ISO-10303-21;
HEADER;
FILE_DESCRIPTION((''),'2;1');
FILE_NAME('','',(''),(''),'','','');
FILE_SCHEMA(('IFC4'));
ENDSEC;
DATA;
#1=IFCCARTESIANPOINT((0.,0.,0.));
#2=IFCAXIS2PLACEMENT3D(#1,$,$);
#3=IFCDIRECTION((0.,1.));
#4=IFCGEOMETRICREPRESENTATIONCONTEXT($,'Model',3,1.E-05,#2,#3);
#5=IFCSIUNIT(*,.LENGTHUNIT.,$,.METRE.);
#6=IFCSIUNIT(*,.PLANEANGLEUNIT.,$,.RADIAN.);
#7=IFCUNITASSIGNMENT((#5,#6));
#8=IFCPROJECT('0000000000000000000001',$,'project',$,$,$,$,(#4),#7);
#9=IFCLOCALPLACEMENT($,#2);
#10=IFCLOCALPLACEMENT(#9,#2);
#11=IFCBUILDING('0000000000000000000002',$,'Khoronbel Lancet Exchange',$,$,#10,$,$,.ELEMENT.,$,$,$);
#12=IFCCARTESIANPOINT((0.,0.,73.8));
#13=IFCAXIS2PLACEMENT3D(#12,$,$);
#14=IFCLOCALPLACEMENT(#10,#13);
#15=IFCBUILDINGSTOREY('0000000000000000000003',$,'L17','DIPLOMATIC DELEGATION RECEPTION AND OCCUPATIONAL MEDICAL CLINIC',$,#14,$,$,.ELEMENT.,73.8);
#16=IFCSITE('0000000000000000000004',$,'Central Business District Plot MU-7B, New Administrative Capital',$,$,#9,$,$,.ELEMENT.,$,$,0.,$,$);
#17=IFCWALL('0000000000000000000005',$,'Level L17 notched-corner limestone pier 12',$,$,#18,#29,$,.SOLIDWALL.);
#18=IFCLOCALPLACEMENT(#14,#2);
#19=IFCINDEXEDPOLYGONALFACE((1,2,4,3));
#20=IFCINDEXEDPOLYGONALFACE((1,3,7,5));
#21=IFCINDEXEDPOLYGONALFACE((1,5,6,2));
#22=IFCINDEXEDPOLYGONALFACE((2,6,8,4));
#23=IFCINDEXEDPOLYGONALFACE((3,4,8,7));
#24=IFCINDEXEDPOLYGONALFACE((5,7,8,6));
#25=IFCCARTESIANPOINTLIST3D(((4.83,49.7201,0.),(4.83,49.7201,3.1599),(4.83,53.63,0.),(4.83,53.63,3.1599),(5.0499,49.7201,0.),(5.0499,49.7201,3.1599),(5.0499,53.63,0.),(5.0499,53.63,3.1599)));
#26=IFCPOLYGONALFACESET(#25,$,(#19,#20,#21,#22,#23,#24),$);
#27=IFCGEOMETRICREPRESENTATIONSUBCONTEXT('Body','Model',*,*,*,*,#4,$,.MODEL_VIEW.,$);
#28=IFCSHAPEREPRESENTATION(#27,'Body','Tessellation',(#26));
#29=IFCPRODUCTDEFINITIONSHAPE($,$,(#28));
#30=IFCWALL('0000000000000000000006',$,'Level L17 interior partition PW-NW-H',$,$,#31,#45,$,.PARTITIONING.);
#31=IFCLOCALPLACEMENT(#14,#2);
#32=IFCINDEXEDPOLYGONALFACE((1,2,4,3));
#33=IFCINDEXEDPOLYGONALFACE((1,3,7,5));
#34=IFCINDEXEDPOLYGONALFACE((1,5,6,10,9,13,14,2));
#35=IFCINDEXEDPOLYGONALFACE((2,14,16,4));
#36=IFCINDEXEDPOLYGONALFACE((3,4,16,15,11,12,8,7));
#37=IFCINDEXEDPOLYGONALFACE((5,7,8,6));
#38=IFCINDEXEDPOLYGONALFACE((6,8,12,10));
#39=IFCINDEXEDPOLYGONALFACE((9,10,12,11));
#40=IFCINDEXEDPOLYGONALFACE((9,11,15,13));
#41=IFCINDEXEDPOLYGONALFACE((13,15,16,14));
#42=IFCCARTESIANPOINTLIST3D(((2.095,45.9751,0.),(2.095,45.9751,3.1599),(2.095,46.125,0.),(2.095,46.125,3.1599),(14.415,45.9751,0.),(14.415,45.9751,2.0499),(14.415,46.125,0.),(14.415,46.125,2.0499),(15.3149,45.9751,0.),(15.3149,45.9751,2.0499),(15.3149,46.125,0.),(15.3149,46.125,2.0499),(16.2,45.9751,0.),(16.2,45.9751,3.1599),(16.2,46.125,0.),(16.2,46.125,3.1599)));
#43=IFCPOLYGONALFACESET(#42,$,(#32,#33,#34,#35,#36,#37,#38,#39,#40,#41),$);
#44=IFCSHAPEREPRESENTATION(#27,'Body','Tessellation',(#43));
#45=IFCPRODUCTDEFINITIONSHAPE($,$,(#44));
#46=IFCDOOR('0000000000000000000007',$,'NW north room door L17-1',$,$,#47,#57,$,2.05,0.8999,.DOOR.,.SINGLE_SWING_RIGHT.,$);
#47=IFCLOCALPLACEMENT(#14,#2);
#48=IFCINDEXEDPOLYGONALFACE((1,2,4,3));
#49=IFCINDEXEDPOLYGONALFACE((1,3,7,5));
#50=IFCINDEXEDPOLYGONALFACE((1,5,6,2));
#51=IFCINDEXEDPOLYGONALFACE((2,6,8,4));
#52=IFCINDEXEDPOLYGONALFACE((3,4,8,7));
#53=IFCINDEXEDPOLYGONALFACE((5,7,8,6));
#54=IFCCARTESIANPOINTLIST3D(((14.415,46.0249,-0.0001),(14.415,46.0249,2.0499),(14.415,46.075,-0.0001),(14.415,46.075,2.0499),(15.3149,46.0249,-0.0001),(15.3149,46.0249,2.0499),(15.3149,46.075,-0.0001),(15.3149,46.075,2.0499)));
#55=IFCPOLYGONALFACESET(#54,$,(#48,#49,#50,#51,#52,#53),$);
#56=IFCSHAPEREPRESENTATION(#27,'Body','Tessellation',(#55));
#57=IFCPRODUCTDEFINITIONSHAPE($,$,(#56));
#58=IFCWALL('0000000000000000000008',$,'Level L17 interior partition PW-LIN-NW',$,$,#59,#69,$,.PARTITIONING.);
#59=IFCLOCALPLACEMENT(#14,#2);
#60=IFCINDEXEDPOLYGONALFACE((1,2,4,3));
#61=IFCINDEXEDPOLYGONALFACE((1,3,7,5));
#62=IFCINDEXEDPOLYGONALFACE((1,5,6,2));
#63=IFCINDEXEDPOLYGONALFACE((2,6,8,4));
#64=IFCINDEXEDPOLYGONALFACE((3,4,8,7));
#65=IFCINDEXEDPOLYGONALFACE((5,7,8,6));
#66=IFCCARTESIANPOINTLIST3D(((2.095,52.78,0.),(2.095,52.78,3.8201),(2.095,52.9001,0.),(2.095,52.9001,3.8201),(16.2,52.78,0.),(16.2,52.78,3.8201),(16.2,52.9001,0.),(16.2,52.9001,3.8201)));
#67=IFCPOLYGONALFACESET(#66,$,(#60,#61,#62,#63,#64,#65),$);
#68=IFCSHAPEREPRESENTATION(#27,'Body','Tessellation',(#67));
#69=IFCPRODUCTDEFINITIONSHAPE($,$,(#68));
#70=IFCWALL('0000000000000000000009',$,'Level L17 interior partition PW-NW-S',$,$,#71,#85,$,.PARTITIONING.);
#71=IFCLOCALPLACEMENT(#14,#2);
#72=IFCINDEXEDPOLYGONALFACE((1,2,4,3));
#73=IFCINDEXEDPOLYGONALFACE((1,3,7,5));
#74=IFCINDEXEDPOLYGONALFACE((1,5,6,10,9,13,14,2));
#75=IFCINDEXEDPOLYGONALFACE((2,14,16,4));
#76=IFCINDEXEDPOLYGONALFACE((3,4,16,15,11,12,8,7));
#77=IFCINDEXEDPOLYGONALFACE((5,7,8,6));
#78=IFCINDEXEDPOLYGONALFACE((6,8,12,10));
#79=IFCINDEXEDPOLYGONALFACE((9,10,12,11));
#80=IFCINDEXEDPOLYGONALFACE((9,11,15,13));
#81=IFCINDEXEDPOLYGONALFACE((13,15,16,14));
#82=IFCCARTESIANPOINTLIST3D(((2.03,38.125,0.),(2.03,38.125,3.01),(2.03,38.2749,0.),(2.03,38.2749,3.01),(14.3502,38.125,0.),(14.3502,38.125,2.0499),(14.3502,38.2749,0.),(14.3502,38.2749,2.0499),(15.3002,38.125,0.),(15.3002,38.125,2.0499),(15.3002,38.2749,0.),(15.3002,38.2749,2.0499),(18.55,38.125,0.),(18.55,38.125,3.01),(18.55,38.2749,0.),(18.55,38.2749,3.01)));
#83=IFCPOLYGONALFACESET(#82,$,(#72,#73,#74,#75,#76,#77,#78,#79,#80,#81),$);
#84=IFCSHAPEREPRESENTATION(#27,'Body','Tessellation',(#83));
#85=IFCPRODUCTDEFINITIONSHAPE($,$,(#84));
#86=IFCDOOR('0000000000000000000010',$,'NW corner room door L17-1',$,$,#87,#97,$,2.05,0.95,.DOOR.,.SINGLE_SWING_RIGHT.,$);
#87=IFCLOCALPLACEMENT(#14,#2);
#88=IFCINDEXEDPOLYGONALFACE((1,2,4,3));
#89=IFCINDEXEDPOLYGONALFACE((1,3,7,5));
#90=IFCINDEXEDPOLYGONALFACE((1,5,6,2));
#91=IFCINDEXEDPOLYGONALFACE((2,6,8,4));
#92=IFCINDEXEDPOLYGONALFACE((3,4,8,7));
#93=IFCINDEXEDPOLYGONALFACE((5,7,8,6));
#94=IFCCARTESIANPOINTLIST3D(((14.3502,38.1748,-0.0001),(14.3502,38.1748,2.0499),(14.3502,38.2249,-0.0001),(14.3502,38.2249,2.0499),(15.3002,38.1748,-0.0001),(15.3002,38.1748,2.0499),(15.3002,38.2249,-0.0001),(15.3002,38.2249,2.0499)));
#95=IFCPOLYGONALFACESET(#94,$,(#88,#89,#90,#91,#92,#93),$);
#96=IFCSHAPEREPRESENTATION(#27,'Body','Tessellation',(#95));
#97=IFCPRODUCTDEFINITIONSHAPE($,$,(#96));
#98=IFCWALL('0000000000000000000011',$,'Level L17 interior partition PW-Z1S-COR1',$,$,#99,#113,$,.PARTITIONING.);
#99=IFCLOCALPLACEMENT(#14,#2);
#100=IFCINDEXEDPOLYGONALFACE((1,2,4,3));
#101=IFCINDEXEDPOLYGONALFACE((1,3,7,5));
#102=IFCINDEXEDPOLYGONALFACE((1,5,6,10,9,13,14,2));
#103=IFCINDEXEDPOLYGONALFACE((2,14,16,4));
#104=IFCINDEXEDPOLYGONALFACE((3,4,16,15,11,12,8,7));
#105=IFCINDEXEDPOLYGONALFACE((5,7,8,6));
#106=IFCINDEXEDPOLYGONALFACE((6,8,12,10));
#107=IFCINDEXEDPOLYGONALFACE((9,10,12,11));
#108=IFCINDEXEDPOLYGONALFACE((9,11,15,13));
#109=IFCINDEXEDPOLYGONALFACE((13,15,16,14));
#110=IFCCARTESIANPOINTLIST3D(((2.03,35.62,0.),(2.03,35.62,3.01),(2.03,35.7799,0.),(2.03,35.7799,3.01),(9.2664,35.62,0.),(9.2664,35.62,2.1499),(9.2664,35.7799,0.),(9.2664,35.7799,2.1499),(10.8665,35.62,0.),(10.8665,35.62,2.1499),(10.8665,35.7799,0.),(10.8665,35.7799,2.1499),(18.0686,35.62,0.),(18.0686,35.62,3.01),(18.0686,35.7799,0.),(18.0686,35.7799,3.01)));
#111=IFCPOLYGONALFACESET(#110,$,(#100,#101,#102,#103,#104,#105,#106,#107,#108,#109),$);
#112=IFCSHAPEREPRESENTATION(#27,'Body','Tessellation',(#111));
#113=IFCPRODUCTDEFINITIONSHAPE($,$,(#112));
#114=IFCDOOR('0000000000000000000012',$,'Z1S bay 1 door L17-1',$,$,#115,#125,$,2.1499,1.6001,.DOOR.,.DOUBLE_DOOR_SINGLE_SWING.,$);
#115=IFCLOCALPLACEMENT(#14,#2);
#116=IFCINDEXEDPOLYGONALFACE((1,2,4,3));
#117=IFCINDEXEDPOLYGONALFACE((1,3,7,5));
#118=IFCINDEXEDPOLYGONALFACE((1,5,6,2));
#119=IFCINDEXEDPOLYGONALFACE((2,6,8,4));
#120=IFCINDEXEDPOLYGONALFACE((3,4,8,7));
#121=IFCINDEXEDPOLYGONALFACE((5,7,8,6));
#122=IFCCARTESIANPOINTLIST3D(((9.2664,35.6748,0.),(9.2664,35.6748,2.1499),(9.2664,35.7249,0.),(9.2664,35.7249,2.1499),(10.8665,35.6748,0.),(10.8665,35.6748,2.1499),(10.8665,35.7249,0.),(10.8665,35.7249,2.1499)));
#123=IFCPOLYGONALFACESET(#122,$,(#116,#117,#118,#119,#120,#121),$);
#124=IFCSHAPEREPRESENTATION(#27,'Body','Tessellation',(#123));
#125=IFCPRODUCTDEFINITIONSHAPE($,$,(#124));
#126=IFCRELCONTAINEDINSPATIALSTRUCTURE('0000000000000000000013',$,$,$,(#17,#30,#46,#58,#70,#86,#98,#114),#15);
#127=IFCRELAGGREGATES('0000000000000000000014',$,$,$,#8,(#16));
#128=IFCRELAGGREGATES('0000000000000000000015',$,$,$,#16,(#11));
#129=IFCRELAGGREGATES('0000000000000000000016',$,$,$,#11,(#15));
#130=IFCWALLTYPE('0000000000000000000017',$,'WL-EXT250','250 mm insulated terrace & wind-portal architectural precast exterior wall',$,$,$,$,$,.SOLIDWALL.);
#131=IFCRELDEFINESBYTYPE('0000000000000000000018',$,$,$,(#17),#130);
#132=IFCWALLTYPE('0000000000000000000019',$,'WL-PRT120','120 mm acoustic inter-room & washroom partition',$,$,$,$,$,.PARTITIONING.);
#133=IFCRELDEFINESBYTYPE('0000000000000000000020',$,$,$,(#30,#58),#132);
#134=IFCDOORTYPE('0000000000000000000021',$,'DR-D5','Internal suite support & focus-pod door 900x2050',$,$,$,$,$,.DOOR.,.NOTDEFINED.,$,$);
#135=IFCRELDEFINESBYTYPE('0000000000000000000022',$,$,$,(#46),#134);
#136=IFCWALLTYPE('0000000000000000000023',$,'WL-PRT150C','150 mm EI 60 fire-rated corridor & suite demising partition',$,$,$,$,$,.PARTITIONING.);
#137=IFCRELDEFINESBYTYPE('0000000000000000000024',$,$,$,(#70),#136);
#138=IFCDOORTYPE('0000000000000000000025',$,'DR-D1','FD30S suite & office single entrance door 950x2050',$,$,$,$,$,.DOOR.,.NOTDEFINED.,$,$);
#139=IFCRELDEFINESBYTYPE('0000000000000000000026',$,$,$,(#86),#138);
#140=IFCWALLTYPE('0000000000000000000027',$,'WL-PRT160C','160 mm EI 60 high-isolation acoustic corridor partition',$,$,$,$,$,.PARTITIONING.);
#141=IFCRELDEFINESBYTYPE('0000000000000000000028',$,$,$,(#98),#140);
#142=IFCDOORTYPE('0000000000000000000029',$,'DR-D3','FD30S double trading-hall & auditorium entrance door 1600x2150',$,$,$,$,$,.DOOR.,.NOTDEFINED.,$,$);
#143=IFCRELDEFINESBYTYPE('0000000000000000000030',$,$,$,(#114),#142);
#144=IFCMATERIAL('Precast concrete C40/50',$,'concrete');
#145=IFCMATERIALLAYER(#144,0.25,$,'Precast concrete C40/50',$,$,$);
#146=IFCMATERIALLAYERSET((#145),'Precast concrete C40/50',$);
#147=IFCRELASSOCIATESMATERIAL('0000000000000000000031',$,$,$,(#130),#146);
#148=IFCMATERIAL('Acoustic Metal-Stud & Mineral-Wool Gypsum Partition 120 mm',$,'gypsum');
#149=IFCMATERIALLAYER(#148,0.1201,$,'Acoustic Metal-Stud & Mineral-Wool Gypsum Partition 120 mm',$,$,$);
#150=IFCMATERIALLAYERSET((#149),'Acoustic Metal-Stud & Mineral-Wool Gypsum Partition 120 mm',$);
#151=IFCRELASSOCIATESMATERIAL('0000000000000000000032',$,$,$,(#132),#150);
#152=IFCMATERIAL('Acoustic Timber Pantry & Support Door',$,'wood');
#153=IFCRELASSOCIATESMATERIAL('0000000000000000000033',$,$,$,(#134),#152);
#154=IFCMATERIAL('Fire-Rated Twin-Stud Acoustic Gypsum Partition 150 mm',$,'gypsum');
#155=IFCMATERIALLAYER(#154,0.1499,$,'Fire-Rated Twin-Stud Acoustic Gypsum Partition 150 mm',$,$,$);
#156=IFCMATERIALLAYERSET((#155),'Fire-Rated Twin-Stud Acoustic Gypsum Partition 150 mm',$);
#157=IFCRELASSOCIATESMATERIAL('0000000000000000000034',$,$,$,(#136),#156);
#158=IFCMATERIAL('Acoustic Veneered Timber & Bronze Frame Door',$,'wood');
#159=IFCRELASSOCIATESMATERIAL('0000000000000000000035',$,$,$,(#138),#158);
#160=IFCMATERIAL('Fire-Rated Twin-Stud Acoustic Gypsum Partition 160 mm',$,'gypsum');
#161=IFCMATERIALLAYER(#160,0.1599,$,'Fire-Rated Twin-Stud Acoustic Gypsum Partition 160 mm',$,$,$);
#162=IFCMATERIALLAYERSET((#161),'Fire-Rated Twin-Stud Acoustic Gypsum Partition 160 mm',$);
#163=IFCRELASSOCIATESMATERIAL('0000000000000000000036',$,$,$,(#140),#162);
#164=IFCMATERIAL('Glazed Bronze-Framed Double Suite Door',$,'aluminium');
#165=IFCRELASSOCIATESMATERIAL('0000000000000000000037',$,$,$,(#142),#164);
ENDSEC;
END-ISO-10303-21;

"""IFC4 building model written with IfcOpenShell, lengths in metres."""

from ifc_helpers import new_model, si_unit, direction, frame, frame_2d, origin, place, context, subcontext, project, spatial, rectangle, extrude, material, layer, layer_set, type_object, element, fill, save


model = new_model("IFC4")

# Units and contexts
model_context = context("Model", 3, precision=1e-05, world=origin(), true_north=direction((0.0, 1.0)))
body_context = subcontext(model_context, "Body", "Model", "MODEL_VIEW")
ifc_project = project(units=[si_unit("LENGTHUNIT", "METRE"), si_unit("PLANEANGLEUNIT", "RADIAN")], contexts=[model_context])

# Site, building, storey
site_placement = place(None, origin())
site = spatial("IfcSite", under=ifc_project, at=site_placement, Name="Central Business District Plot MU-7B, New Administrative Capital", CompositionType="ELEMENT", RefElevation=0.0)
building_placement = place(site_placement, origin())
building = spatial("IfcBuilding", under=site, at=building_placement, Name="Khoronbel Lancet Exchange", CompositionType="ELEMENT")
storey_placement = place(building_placement, frame((0.0, 0.0, 73.8)))
storey = spatial("IfcBuildingStorey", under=building, at=storey_placement, Name="L17", Description="DIPLOMATIC DELEGATION RECEPTION AND OCCUPATIONAL MEDICAL CLINIC", CompositionType="ELEMENT", Elevation=73.8)

# Wall
ifc_material_1 = material(Name="Precast concrete C40/50", Category="concrete")
ifc_layer_1 = layer(ifc_material_1, 0.25, Name="Precast concrete C40/50")
ifc_layer_set_1 = layer_set([ifc_layer_1], Name="Precast concrete C40/50")
wall_type_1 = type_object("IfcWallType", Name="WL-EXT250", Description="250 mm insulated terrace & wind-portal architectural precast exterior wall", PredefinedType="SOLIDWALL", material=ifc_layer_set_1)
wall_1_placement = place(storey_placement, frame((4.9399, 49.72, 0.0), z_axis=(0.0, 0.0, 1.0), x_axis=(0.0, 1.0, 0.0)))
element("IfcWall", 1, at=wall_1_placement, inside=storey, type_object=wall_type_1, Name="Level L17 notched-corner limestone pier 12", PredefinedType="SOLIDWALL", context=body_context, shape_type="SweptSolid", body=[
    extrude(rectangle(XDim=3.9099, YDim=0.22, at=frame_2d((1.9551, 0.0))), origin(), (0.0, 0.0, 1.0), 3.1599),
])

# Wall, opening, door
ifc_material_2 = material(Name="Acoustic Metal-Stud & Mineral-Wool Gypsum Partition 120 mm", Category="gypsum")
ifc_layer_2 = layer(ifc_material_2, 0.1201, Name="Acoustic Metal-Stud & Mineral-Wool Gypsum Partition 120 mm")
ifc_layer_set_2 = layer_set([ifc_layer_2], Name="Acoustic Metal-Stud & Mineral-Wool Gypsum Partition 120 mm")
wall_type_2 = type_object("IfcWallType", Name="WL-PRT120", Description="120 mm acoustic inter-room & washroom partition", PredefinedType="PARTITIONING", material=ifc_layer_set_2)
wall_2_placement = place(storey_placement, frame((2.095, 46.05, 0.0), z_axis=(0.0, 0.0, 1.0), x_axis=(1.0, 0.0, 0.0)))
wall_2 = element("IfcWall", 2, at=wall_2_placement, inside=storey, type_object=wall_type_2, Name="Level L17 interior partition PW-NW-H", PredefinedType="PARTITIONING", context=body_context, shape_type="SweptSolid", body=[
    extrude(rectangle(XDim=14.105, YDim=0.1499, at=frame_2d((7.0525, 0.0))), origin(), (0.0, 0.0, 1.0), 3.1599),
])
opening_1_placement = place(wall_2_placement, frame((12.3201, 0.0, 0.0)))
opening_1 = element("IfcOpeningElement", 3, at=opening_1_placement, cuts=wall_2, PredefinedType="OPENING", context=body_context, shape_type="SweptSolid", body=[
    extrude(rectangle(XDim=0.8999, YDim=2.05, at=frame_2d((0.45, 1.0249))), frame((0.0, 0.085, 0.0), z_axis=(0.0, -1.0, 0.0), x_axis=(1.0, 0.0, 0.0)), (0.0, 0.0, 1.0), 0.1699),
])
ifc_material_3 = material(Name="Acoustic Timber Pantry & Support Door", Category="wood")
door_type_1 = type_object("IfcDoorType", Name="DR-D5", Description="Internal suite support & focus-pod door 900x2050", OperationType="NOTDEFINED", PredefinedType="DOOR", material=ifc_material_3)
door_1_placement = place(opening_1_placement, origin())
door_1 = element("IfcDoor", 4, at=door_1_placement, inside=storey, type_object=door_type_1, Name="NW north room door L17-1", OperationType="SINGLE_SWING_RIGHT", OverallHeight=2.05, OverallWidth=0.8999, PredefinedType="DOOR", context=body_context, shape_type="SweptSolid", body=[
    extrude(rectangle(XDim=0.8999, YDim=2.05, at=frame_2d((0.45, 1.0249))), frame((0.0, 0.0249, 0.0), z_axis=(0.0, -1.0, 0.0), x_axis=(1.0, 0.0, 0.0)), (0.0, 0.0, 1.0), 0.05),
])
fill(opening_1, door_1)

# Wall
wall_3_placement = place(storey_placement, frame((2.095, 52.8401, 0.0), z_axis=(0.0, 0.0, 1.0), x_axis=(1.0, 0.0, 0.0)))
element("IfcWall", 5, at=wall_3_placement, inside=storey, type_object=wall_type_2, Name="Level L17 interior partition PW-LIN-NW", PredefinedType="PARTITIONING", context=body_context, shape_type="SweptSolid", body=[
    extrude(rectangle(XDim=14.105, YDim=0.1201, at=frame_2d((7.0525, 0.0))), origin(), (0.0, 0.0, 1.0), 3.8201),
])

# Walls, openings, doors
ifc_material_4 = material(Name="Fire-Rated Twin-Stud Acoustic Gypsum Partition 150 mm", Category="gypsum")
ifc_layer_3 = layer(ifc_material_4, 0.1499, Name="Fire-Rated Twin-Stud Acoustic Gypsum Partition 150 mm")
ifc_layer_set_3 = layer_set([ifc_layer_3], Name="Fire-Rated Twin-Stud Acoustic Gypsum Partition 150 mm")
wall_type_3 = type_object("IfcWallType", Name="WL-PRT150C", Description="150 mm EI 60 fire-rated corridor & suite demising partition", PredefinedType="PARTITIONING", material=ifc_layer_set_3)
wall_4_placement = place(storey_placement, frame((2.03, 38.2, 0.0), z_axis=(0.0, 0.0, 1.0), x_axis=(1.0, 0.0, 0.0)))
wall_4 = element("IfcWall", 6, at=wall_4_placement, inside=storey, type_object=wall_type_3, Name="Level L17 interior partition PW-NW-S", PredefinedType="PARTITIONING", context=body_context, shape_type="SweptSolid", body=[
    extrude(rectangle(XDim=16.52, YDim=0.1499, at=frame_2d((8.26, 0.0))), origin(), (0.0, 0.0, 1.0), 3.01),
])
opening_2_placement = place(wall_4_placement, frame((12.3201, 0.0, 0.0)))
opening_2 = element("IfcOpeningElement", 7, at=opening_2_placement, cuts=wall_4, PredefinedType="OPENING", context=body_context, shape_type="SweptSolid", body=[
    extrude(rectangle(XDim=0.95, YDim=2.05, at=frame_2d((0.4751, 1.0249))), frame((0.0, 0.085, 0.0), z_axis=(0.0, -1.0, 0.0), x_axis=(1.0, 0.0, 0.0)), (0.0, 0.0, 1.0), 0.1699),
])
ifc_material_5 = material(Name="Acoustic Veneered Timber & Bronze Frame Door", Category="wood")
door_type_2 = type_object("IfcDoorType", Name="DR-D1", Description="FD30S suite & office single entrance door 950x2050", OperationType="NOTDEFINED", PredefinedType="DOOR", material=ifc_material_5)
door_2_placement = place(opening_2_placement, origin())
door_2 = element("IfcDoor", 8, at=door_2_placement, inside=storey, type_object=door_type_2, Name="NW corner room door L17-1", OperationType="SINGLE_SWING_RIGHT", OverallHeight=2.05, OverallWidth=0.95, PredefinedType="DOOR", context=body_context, shape_type="SweptSolid", body=[
    extrude(rectangle(XDim=0.95, YDim=2.05, at=frame_2d((0.4751, 1.0249))), frame((0.0, 0.0249, 0.0), z_axis=(0.0, -1.0, 0.0), x_axis=(1.0, 0.0, 0.0)), (0.0, 0.0, 1.0), 0.05),
])
fill(opening_2, door_2)
ifc_material_6 = material(Name="Fire-Rated Twin-Stud Acoustic Gypsum Partition 160 mm", Category="gypsum")
ifc_layer_4 = layer(ifc_material_6, 0.1599, Name="Fire-Rated Twin-Stud Acoustic Gypsum Partition 160 mm")
ifc_layer_set_4 = layer_set([ifc_layer_4], Name="Fire-Rated Twin-Stud Acoustic Gypsum Partition 160 mm")
wall_type_4 = type_object("IfcWallType", Name="WL-PRT160C", Description="160 mm EI 60 high-isolation acoustic corridor partition", PredefinedType="PARTITIONING", material=ifc_layer_set_4)
wall_5_placement = place(storey_placement, frame((2.03, 35.7, 0.0), z_axis=(0.0, 0.0, 1.0), x_axis=(1.0, 0.0, 0.0)))
wall_5 = element("IfcWall", 9, at=wall_5_placement, inside=storey, type_object=wall_type_4, Name="Level L17 interior partition PW-Z1S-COR1", PredefinedType="PARTITIONING", context=body_context, shape_type="SweptSolid", body=[
    extrude(rectangle(XDim=16.0386, YDim=0.1599, at=frame_2d((8.0193, 0.0))), origin(), (0.0, 0.0, 1.0), 3.01),
])
opening_3_placement = place(wall_5_placement, frame((7.2363, 0.0, 0.0)))
opening_3 = element("IfcOpeningElement", 10, at=opening_3_placement, cuts=wall_5, PredefinedType="OPENING", context=body_context, shape_type="SweptSolid", body=[
    extrude(rectangle(XDim=1.6001, YDim=2.1499, at=frame_2d((0.8, 1.075))), frame((0.0, 0.0898, 0.0), z_axis=(0.0, -1.0, 0.0), x_axis=(1.0, 0.0, 0.0)), (0.0, 0.0, 1.0), 0.1799),
])
ifc_material_7 = material(Name="Glazed Bronze-Framed Double Suite Door", Category="aluminium")
door_type_3 = type_object("IfcDoorType", Name="DR-D3", Description="FD30S double trading-hall & auditorium entrance door 1600x2150", OperationType="NOTDEFINED", PredefinedType="DOOR", material=ifc_material_7)
door_3_placement = place(opening_3_placement, origin())
door_3 = element("IfcDoor", 11, at=door_3_placement, inside=storey, type_object=door_type_3, Name="Z1S bay 1 door L17-1", OperationType="DOUBLE_DOOR_SINGLE_SWING", OverallHeight=2.1499, OverallWidth=1.6001, PredefinedType="DOOR", context=body_context, shape_type="SweptSolid", body=[
    extrude(rectangle(XDim=1.6001, YDim=2.1499, at=frame_2d((0.8, 1.075))), frame((0.0, 0.0249, 0.0), z_axis=(0.0, -1.0, 0.0), x_axis=(1.0, 0.0, 0.0)), (0.0, 0.0, 1.0), 0.05),
])
fill(opening_3, door_3)

save(model, "model.ifc")
